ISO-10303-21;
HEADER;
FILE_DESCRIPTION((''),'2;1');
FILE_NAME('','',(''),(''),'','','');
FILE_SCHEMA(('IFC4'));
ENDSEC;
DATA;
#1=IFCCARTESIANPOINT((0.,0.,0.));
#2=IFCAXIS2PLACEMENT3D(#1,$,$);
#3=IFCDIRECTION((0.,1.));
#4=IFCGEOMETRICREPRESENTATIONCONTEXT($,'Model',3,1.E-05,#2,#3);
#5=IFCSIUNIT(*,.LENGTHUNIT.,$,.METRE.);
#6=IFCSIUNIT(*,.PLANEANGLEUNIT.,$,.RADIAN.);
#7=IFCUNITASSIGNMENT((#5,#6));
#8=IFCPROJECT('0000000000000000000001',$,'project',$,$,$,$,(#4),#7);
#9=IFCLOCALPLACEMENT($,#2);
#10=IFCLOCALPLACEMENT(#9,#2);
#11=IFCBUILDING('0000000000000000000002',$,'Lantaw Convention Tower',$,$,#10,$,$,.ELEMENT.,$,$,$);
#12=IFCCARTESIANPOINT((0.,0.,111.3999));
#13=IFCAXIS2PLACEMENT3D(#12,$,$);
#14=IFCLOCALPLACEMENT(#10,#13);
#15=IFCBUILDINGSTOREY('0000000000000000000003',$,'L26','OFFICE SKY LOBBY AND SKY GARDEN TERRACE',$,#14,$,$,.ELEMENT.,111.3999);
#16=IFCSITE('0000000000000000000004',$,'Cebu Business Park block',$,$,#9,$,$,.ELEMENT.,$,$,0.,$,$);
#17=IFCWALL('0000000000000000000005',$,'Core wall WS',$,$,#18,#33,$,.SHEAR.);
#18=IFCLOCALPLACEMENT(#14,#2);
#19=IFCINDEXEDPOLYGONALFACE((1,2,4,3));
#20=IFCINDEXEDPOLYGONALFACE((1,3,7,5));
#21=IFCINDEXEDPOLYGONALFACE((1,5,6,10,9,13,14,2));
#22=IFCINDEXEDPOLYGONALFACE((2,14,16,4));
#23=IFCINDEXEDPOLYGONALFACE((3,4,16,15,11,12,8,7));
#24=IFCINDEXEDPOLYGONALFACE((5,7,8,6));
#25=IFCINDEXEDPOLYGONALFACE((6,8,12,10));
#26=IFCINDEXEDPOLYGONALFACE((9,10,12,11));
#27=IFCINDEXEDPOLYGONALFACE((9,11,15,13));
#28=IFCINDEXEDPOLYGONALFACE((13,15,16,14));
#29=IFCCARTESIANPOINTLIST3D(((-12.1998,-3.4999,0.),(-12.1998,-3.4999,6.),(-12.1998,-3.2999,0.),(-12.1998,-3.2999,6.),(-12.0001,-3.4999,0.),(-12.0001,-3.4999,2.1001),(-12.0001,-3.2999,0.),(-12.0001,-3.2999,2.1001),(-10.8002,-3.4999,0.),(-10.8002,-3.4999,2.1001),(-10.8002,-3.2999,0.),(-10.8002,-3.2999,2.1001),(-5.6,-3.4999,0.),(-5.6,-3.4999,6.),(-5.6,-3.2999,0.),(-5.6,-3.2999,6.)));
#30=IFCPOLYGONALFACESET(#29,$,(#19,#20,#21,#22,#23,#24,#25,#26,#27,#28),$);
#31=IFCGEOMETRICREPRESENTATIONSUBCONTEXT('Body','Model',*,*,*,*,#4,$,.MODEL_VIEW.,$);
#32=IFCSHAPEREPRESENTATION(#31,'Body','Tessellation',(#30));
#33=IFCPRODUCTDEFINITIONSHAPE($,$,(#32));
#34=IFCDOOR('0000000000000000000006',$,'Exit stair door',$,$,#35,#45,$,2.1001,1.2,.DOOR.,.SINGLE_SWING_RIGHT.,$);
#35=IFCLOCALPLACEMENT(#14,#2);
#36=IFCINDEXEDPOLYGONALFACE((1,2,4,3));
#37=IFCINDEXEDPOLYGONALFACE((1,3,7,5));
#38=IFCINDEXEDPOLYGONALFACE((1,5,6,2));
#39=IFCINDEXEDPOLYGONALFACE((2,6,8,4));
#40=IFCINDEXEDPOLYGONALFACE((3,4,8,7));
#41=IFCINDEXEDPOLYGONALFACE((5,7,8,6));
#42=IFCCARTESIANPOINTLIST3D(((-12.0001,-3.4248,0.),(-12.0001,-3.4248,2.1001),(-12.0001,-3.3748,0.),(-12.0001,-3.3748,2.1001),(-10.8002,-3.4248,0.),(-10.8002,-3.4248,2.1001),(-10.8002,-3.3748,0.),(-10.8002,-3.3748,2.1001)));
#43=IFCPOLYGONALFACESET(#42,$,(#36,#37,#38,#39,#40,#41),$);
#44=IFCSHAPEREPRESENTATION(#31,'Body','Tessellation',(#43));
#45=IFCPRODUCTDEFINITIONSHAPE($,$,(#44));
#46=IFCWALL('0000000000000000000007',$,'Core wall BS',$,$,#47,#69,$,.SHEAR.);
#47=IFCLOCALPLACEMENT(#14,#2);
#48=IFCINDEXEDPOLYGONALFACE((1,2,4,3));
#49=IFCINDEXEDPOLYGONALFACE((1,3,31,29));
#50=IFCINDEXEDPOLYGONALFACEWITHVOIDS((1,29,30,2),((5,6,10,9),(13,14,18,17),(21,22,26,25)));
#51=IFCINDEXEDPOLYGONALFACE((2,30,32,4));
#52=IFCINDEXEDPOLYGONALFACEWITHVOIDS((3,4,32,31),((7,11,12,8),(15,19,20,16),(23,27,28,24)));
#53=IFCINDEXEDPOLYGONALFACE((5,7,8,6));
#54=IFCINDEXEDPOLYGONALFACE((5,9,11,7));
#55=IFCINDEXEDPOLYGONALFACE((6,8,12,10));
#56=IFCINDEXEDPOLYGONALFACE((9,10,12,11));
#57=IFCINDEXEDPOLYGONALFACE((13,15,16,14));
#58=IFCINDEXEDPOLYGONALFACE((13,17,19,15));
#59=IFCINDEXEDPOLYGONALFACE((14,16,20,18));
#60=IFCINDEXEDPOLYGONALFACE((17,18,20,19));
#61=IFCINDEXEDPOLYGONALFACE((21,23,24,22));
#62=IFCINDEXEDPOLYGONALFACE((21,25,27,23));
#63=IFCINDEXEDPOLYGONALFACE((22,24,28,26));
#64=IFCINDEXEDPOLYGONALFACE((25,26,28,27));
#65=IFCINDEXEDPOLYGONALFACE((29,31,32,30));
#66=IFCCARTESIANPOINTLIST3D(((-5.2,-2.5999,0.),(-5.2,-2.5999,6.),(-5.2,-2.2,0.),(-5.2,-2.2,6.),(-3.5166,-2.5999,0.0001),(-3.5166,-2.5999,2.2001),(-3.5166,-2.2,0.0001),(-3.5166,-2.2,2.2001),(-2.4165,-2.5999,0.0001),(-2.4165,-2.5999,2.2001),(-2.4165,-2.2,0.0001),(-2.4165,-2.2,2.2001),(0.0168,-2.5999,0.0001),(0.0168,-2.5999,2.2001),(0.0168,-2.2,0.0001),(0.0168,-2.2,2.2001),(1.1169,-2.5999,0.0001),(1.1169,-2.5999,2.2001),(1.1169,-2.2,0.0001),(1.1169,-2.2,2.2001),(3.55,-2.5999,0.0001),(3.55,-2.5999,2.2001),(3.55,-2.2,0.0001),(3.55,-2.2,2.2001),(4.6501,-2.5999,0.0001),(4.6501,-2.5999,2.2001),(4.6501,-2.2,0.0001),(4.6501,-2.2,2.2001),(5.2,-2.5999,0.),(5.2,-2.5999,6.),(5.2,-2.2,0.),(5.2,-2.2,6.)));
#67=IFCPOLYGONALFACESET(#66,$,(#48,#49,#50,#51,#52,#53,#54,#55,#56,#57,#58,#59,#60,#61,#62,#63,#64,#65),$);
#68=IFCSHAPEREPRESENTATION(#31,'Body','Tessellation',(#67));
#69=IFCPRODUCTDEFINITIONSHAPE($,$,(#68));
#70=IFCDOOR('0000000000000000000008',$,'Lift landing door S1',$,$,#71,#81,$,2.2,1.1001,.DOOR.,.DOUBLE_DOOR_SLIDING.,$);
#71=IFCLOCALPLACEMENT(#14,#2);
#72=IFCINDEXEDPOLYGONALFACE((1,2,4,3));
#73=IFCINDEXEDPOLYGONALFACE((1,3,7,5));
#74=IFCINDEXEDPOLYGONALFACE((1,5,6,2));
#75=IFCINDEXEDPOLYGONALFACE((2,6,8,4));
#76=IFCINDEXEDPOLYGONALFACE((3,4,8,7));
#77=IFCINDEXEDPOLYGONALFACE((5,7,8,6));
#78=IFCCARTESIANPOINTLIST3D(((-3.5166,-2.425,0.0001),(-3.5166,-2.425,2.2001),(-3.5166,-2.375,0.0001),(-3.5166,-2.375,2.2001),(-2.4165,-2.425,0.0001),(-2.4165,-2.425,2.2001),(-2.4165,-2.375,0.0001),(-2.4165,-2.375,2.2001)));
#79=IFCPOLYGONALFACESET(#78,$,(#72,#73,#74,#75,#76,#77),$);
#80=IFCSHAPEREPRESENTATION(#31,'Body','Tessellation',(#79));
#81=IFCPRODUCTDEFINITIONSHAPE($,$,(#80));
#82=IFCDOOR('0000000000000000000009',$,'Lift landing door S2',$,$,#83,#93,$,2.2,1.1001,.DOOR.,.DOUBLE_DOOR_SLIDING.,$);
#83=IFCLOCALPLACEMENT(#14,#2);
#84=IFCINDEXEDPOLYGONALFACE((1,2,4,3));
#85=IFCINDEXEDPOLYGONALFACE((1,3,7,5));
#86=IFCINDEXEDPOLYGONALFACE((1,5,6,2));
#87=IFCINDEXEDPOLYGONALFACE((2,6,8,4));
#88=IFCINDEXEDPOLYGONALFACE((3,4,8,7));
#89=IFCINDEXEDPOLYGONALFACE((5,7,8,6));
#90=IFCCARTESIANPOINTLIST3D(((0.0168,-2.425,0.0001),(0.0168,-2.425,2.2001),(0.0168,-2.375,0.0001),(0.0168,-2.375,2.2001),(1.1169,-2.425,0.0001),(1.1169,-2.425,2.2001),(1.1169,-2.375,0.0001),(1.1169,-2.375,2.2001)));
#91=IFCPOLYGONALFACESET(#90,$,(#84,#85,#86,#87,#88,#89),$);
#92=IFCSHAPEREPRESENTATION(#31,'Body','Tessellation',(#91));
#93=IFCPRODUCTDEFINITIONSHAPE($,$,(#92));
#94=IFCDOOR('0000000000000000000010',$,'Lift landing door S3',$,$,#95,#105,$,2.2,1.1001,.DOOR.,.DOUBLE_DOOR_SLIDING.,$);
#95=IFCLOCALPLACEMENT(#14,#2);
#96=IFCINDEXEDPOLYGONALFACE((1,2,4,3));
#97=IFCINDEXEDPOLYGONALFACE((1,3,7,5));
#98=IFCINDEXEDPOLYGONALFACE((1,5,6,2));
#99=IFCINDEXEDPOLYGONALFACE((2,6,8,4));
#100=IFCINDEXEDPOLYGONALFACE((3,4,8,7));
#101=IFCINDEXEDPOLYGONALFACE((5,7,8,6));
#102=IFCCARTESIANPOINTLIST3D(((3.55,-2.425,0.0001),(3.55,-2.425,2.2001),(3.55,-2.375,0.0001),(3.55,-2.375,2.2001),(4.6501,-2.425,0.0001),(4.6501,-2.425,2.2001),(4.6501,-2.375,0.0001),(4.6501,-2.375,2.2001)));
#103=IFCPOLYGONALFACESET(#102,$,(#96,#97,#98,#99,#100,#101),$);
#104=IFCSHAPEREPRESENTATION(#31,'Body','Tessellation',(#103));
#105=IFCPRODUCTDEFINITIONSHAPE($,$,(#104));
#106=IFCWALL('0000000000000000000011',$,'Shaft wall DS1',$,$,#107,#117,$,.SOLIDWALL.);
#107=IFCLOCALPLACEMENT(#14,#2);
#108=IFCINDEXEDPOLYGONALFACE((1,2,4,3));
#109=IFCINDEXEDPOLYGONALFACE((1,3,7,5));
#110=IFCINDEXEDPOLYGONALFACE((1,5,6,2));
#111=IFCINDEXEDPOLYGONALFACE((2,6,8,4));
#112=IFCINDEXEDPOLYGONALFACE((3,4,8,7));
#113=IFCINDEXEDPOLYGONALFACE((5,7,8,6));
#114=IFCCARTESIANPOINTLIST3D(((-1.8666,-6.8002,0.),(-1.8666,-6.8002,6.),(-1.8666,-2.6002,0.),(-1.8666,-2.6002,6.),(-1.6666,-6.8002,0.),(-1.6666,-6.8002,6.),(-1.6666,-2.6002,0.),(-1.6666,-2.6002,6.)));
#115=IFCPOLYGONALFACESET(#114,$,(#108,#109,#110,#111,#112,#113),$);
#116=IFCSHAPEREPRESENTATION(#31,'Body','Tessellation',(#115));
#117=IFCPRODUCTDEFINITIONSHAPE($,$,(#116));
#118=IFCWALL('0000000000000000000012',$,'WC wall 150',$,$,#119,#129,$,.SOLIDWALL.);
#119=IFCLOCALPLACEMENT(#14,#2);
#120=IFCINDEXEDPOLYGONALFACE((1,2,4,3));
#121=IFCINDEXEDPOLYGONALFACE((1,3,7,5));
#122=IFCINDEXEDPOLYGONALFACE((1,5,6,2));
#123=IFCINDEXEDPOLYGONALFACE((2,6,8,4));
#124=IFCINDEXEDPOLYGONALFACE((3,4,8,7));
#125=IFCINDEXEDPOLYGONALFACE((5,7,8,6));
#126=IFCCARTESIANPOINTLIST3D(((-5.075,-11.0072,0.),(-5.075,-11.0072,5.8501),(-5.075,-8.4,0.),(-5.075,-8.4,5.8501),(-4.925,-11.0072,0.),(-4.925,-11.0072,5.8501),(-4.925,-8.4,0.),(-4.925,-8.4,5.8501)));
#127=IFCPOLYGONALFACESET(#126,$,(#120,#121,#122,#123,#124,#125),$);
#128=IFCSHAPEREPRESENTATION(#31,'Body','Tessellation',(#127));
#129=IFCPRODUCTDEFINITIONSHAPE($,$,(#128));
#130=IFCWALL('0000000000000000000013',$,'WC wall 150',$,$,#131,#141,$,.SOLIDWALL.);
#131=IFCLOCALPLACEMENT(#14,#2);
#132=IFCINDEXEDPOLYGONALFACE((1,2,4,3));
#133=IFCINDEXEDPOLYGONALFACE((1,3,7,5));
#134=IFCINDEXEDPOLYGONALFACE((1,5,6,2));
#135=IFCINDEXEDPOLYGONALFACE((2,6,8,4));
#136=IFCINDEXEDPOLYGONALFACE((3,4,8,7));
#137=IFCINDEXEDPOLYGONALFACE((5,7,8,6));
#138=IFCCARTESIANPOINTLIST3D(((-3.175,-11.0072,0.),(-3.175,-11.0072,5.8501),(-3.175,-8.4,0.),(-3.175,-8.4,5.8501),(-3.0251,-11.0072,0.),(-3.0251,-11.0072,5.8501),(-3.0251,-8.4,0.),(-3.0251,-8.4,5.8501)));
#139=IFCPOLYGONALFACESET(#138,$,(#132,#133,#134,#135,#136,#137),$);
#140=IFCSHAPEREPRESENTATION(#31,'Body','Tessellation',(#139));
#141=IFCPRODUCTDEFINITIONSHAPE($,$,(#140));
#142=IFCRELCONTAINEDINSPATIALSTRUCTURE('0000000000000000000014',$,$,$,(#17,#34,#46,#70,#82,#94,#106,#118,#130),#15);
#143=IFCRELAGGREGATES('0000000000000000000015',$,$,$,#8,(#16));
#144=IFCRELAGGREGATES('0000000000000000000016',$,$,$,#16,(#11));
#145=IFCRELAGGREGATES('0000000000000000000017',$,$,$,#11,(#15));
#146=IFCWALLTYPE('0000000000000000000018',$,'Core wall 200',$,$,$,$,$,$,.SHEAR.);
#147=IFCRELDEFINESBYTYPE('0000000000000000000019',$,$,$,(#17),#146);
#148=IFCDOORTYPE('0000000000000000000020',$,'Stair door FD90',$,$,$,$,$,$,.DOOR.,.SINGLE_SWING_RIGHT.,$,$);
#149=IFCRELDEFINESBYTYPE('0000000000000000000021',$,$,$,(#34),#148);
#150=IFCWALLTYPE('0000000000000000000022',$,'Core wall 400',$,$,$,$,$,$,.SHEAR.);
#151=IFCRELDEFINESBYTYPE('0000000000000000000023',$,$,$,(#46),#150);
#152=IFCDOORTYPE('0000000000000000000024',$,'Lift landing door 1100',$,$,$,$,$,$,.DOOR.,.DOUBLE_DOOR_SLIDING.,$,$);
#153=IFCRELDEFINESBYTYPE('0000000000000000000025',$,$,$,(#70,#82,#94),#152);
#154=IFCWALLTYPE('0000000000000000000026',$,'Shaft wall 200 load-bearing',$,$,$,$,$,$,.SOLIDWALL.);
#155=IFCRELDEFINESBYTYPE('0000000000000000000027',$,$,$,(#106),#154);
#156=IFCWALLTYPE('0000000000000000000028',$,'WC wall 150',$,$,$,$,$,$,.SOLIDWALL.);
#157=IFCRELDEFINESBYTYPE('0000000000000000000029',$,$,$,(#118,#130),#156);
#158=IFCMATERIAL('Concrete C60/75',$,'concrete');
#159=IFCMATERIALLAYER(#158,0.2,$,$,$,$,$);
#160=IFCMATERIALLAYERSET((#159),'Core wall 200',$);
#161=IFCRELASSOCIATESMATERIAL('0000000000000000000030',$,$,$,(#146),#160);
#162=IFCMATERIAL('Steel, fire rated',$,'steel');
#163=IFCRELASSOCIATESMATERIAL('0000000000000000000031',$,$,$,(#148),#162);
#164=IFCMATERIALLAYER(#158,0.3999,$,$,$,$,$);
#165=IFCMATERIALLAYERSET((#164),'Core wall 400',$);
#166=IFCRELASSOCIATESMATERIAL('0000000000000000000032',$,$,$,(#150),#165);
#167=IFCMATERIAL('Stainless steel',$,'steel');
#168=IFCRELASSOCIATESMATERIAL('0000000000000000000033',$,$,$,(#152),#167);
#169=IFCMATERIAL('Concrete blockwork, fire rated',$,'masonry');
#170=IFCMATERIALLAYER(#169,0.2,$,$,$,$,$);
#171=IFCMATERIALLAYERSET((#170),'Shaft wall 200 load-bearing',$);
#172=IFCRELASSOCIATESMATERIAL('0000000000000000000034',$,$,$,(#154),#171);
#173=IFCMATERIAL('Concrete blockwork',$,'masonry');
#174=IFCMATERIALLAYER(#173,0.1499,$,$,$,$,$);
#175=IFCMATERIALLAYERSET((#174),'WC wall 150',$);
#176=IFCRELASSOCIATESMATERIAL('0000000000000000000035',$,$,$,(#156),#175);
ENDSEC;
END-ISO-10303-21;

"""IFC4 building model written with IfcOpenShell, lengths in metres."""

from ifc_helpers import new_model, si_unit, direction, frame, frame_2d, origin, place, context, subcontext, project, spatial, rectangle, extrude, material, layer, layer_set, type_object, element, fill, save


model = new_model("IFC4")

# Units and contexts
model_context = context("Model", 3, precision=1e-05, world=origin(), true_north=direction((0.0, 1.0)))
body_context = subcontext(model_context, "Body", "Model", "MODEL_VIEW")
ifc_project = project(units=[si_unit("LENGTHUNIT", "METRE"), si_unit("PLANEANGLEUNIT", "RADIAN")], contexts=[model_context])

# Site, building, storey
site_placement = place(None, origin())
site = spatial("IfcSite", under=ifc_project, at=site_placement, Name="Cebu Business Park block", CompositionType="ELEMENT", RefElevation=0.0)
building_placement = place(site_placement, origin())
building = spatial("IfcBuilding", under=site, at=building_placement, Name="Lantaw Convention Tower", CompositionType="ELEMENT")
storey_placement = place(building_placement, frame((0.0, 0.0, 111.3999)))
storey = spatial("IfcBuildingStorey", under=building, at=storey_placement, Name="L26", Description="OFFICE SKY LOBBY AND SKY GARDEN TERRACE", CompositionType="ELEMENT", Elevation=111.3999)

# Shared definitions
ifc_material_1 = material(Name="Concrete C60/75", Category="concrete")

# Wall, opening, door
ifc_layer_1 = layer(ifc_material_1, 0.2)
ifc_layer_set_1 = layer_set([ifc_layer_1], Name="Core wall 200")
wall_type_1 = type_object("IfcWallType", Name="Core wall 200", PredefinedType="SHEAR", material=ifc_layer_set_1)
wall_1_placement = place(storey_placement, frame((-5.6001, -3.3999, 0.0), z_axis=(0.0, 0.0, 1.0), x_axis=(-1.0, 0.0, 0.0)))
wall_1 = element("IfcWall", 1, at=wall_1_placement, inside=storey, type_object=wall_type_1, Name="Core wall WS", PredefinedType="SHEAR", context=body_context, shape_type="SweptSolid", body=[
    extrude(rectangle(XDim=6.5999, YDim=0.2, at=frame_2d((3.2998, 0.0))), origin(), (0.0, 0.0, 1.0), 6.0),
])
opening_1_placement = place(wall_1_placement, frame((5.2, 0.0, 0.0)))
opening_1 = element("IfcOpeningElement", 2, at=opening_1_placement, cuts=wall_1, PredefinedType="OPENING", context=body_context, shape_type="SweptSolid", body=[
    extrude(rectangle(XDim=1.2, YDim=2.1001, at=frame_2d((0.6001, 1.05))), frame((0.0, 0.1099, 0.0), z_axis=(0.0, -1.0, 0.0), x_axis=(1.0, 0.0, 0.0)), (0.0, 0.0, 1.0), 0.22),
])
ifc_material_2 = material(Name="Steel, fire rated", Category="steel")
door_type_1 = type_object("IfcDoorType", Name="Stair door FD90", OperationType="SINGLE_SWING_RIGHT", PredefinedType="DOOR", material=ifc_material_2)
door_1_placement = place(opening_1_placement, origin())
door_1 = element("IfcDoor", 3, at=door_1_placement, inside=storey, type_object=door_type_1, Name="Exit stair door", OperationType="SINGLE_SWING_RIGHT", OverallHeight=2.1001, OverallWidth=1.2, PredefinedType="DOOR", context=body_context, shape_type="SweptSolid", body=[
    extrude(rectangle(XDim=1.2, YDim=2.1001, at=frame_2d((0.6001, 1.05))), frame((0.0, 0.0249, 0.0), z_axis=(0.0, -1.0, 0.0), x_axis=(1.0, 0.0, 0.0)), (0.0, 0.0, 1.0), 0.05),
])
fill(opening_1, door_1)

# Wall, openings, doors
ifc_layer_2 = layer(ifc_material_1, 0.3999)
ifc_layer_set_2 = layer_set([ifc_layer_2], Name="Core wall 400")
wall_type_2 = type_object("IfcWallType", Name="Core wall 400", PredefinedType="SHEAR", material=ifc_layer_set_2)
wall_2_placement = place(storey_placement, frame((-5.2, -2.3999, 0.0), z_axis=(0.0, 0.0, 1.0), x_axis=(1.0, 0.0, 0.0)))
wall_2 = element("IfcWall", 4, at=wall_2_placement, inside=storey, type_object=wall_type_2, Name="Core wall BS", PredefinedType="SHEAR", context=body_context, shape_type="SweptSolid", body=[
    extrude(rectangle(XDim=10.3999, YDim=0.3999, at=frame_2d((5.2, 0.0))), origin(), (0.0, 0.0, 1.0), 6.0),
])
opening_2_placement = place(wall_2_placement, frame((1.6833, 0.0, 0.0)))
opening_2 = element("IfcOpeningElement", 5, at=opening_2_placement, cuts=wall_2, PredefinedType="OPENING", context=body_context, shape_type="SweptSolid", body=[
    extrude(rectangle(XDim=1.1001, YDim=2.2, at=frame_2d((0.55, 1.1001))), frame((0.0, 0.21, 0.0), z_axis=(0.0, -1.0, 0.0), x_axis=(1.0, 0.0, 0.0)), (0.0, 0.0, 1.0), 0.4199),
])
opening_3_placement = place(wall_2_placement, frame((5.2168, 0.0, 0.0)))
opening_3 = element("IfcOpeningElement", 6, at=opening_3_placement, cuts=wall_2, PredefinedType="OPENING", context=body_context, shape_type="SweptSolid", body=[
    extrude(rectangle(XDim=1.1001, YDim=2.2, at=frame_2d((0.55, 1.1001))), frame((0.0, 0.21, 0.0), z_axis=(0.0, -1.0, 0.0), x_axis=(1.0, 0.0, 0.0)), (0.0, 0.0, 1.0), 0.4199),
])
opening_4_placement = place(wall_2_placement, frame((8.75, 0.0, 0.0)))
opening_4 = element("IfcOpeningElement", 7, at=opening_4_placement, cuts=wall_2, PredefinedType="OPENING", context=body_context, shape_type="SweptSolid", body=[
    extrude(rectangle(XDim=1.1001, YDim=2.2, at=frame_2d((0.55, 1.1001))), frame((0.0, 0.21, 0.0), z_axis=(0.0, -1.0, 0.0), x_axis=(1.0, 0.0, 0.0)), (0.0, 0.0, 1.0), 0.4199),
])
ifc_material_3 = material(Name="Stainless steel", Category="steel")
door_type_2 = type_object("IfcDoorType", Name="Lift landing door 1100", OperationType="DOUBLE_DOOR_SLIDING", PredefinedType="DOOR", material=ifc_material_3)
door_2_placement = place(opening_2_placement, origin())
door_2 = element("IfcDoor", 8, at=door_2_placement, inside=storey, type_object=door_type_2, Name="Lift landing door S1", OperationType="DOUBLE_DOOR_SLIDING", OverallHeight=2.2, OverallWidth=1.1001, PredefinedType="DOOR", context=body_context, shape_type="SweptSolid", body=[
    extrude(rectangle(XDim=1.1001, YDim=2.2, at=frame_2d((0.55, 1.1001))), frame((0.0, 0.0249, 0.0), z_axis=(0.0, -1.0, 0.0), x_axis=(1.0, 0.0, 0.0)), (0.0, 0.0, 1.0), 0.05),
])
fill(opening_2, door_2)
door_3_placement = place(opening_3_placement, origin())
door_3 = element("IfcDoor", 9, at=door_3_placement, inside=storey, type_object=door_type_2, Name="Lift landing door S2", OperationType="DOUBLE_DOOR_SLIDING", OverallHeight=2.2, OverallWidth=1.1001, PredefinedType="DOOR", context=body_context, shape_type="SweptSolid", body=[
    extrude(rectangle(XDim=1.1001, YDim=2.2, at=frame_2d((0.55, 1.1001))), frame((0.0, 0.0249, 0.0), z_axis=(0.0, -1.0, 0.0), x_axis=(1.0, 0.0, 0.0)), (0.0, 0.0, 1.0), 0.05),
])
fill(opening_3, door_3)
door_4_placement = place(opening_4_placement, origin())
door_4 = element("IfcDoor", 10, at=door_4_placement, inside=storey, type_object=door_type_2, Name="Lift landing door S3", OperationType="DOUBLE_DOOR_SLIDING", OverallHeight=2.2, OverallWidth=1.1001, PredefinedType="DOOR", context=body_context, shape_type="SweptSolid", body=[
    extrude(rectangle(XDim=1.1001, YDim=2.2, at=frame_2d((0.55, 1.1001))), frame((0.0, 0.0249, 0.0), z_axis=(0.0, -1.0, 0.0), x_axis=(1.0, 0.0, 0.0)), (0.0, 0.0, 1.0), 0.05),
])
fill(opening_4, door_4)

# Walls
ifc_material_4 = material(Name="Concrete blockwork, fire rated", Category="masonry")
ifc_layer_3 = layer(ifc_material_4, 0.2)
ifc_layer_set_3 = layer_set([ifc_layer_3], Name="Shaft wall 200 load-bearing")
wall_type_3 = type_object("IfcWallType", Name="Shaft wall 200 load-bearing", PredefinedType="SOLIDWALL", material=ifc_layer_set_3)
wall_3_placement = place(storey_placement, frame((-1.7666, -2.6001, 0.0), z_axis=(0.0, 0.0, 1.0), x_axis=(0.0, -1.0, 0.0)))
element("IfcWall", 11, at=wall_3_placement, inside=storey, type_object=wall_type_3, Name="Shaft wall DS1", PredefinedType="SOLIDWALL", context=body_context, shape_type="SweptSolid", body=[
    extrude(rectangle(XDim=4.2, YDim=0.2, at=frame_2d((2.1001, 0.0))), origin(), (0.0, 0.0, 1.0), 6.0),
])
ifc_material_5 = material(Name="Concrete blockwork", Category="masonry")
ifc_layer_4 = layer(ifc_material_5, 0.1499)
ifc_layer_set_4 = layer_set([ifc_layer_4], Name="WC wall 150")
wall_type_4 = type_object("IfcWallType", Name="WC wall 150", PredefinedType="SOLIDWALL", material=ifc_layer_set_4)
for number, where, z_axis, x_axis, name in (
    (12, (-5.0, -8.3999, 0.0), (0.0, 0.0, 1.0), (0.0, -1.0, 0.0), "WC wall 150"),
    (13, (-3.1001, -8.3999, 0.0), (0.0, 0.0, 1.0), (0.0, -1.0, 0.0), "WC wall 150"),
):
    element("IfcWall", number, at=place(storey_placement, frame(where, z_axis=z_axis, x_axis=x_axis)), inside=storey, type_object=wall_type_4, Name=name, PredefinedType="SOLIDWALL", context=body_context, shape_type="SweptSolid", body=[
        extrude(rectangle(XDim=2.6072, YDim=0.1499, at=frame_2d((1.3037, 0.0))), origin(), (0.0, 0.0, 1.0), 5.8501),
    ])

save(model, "model.ifc")
